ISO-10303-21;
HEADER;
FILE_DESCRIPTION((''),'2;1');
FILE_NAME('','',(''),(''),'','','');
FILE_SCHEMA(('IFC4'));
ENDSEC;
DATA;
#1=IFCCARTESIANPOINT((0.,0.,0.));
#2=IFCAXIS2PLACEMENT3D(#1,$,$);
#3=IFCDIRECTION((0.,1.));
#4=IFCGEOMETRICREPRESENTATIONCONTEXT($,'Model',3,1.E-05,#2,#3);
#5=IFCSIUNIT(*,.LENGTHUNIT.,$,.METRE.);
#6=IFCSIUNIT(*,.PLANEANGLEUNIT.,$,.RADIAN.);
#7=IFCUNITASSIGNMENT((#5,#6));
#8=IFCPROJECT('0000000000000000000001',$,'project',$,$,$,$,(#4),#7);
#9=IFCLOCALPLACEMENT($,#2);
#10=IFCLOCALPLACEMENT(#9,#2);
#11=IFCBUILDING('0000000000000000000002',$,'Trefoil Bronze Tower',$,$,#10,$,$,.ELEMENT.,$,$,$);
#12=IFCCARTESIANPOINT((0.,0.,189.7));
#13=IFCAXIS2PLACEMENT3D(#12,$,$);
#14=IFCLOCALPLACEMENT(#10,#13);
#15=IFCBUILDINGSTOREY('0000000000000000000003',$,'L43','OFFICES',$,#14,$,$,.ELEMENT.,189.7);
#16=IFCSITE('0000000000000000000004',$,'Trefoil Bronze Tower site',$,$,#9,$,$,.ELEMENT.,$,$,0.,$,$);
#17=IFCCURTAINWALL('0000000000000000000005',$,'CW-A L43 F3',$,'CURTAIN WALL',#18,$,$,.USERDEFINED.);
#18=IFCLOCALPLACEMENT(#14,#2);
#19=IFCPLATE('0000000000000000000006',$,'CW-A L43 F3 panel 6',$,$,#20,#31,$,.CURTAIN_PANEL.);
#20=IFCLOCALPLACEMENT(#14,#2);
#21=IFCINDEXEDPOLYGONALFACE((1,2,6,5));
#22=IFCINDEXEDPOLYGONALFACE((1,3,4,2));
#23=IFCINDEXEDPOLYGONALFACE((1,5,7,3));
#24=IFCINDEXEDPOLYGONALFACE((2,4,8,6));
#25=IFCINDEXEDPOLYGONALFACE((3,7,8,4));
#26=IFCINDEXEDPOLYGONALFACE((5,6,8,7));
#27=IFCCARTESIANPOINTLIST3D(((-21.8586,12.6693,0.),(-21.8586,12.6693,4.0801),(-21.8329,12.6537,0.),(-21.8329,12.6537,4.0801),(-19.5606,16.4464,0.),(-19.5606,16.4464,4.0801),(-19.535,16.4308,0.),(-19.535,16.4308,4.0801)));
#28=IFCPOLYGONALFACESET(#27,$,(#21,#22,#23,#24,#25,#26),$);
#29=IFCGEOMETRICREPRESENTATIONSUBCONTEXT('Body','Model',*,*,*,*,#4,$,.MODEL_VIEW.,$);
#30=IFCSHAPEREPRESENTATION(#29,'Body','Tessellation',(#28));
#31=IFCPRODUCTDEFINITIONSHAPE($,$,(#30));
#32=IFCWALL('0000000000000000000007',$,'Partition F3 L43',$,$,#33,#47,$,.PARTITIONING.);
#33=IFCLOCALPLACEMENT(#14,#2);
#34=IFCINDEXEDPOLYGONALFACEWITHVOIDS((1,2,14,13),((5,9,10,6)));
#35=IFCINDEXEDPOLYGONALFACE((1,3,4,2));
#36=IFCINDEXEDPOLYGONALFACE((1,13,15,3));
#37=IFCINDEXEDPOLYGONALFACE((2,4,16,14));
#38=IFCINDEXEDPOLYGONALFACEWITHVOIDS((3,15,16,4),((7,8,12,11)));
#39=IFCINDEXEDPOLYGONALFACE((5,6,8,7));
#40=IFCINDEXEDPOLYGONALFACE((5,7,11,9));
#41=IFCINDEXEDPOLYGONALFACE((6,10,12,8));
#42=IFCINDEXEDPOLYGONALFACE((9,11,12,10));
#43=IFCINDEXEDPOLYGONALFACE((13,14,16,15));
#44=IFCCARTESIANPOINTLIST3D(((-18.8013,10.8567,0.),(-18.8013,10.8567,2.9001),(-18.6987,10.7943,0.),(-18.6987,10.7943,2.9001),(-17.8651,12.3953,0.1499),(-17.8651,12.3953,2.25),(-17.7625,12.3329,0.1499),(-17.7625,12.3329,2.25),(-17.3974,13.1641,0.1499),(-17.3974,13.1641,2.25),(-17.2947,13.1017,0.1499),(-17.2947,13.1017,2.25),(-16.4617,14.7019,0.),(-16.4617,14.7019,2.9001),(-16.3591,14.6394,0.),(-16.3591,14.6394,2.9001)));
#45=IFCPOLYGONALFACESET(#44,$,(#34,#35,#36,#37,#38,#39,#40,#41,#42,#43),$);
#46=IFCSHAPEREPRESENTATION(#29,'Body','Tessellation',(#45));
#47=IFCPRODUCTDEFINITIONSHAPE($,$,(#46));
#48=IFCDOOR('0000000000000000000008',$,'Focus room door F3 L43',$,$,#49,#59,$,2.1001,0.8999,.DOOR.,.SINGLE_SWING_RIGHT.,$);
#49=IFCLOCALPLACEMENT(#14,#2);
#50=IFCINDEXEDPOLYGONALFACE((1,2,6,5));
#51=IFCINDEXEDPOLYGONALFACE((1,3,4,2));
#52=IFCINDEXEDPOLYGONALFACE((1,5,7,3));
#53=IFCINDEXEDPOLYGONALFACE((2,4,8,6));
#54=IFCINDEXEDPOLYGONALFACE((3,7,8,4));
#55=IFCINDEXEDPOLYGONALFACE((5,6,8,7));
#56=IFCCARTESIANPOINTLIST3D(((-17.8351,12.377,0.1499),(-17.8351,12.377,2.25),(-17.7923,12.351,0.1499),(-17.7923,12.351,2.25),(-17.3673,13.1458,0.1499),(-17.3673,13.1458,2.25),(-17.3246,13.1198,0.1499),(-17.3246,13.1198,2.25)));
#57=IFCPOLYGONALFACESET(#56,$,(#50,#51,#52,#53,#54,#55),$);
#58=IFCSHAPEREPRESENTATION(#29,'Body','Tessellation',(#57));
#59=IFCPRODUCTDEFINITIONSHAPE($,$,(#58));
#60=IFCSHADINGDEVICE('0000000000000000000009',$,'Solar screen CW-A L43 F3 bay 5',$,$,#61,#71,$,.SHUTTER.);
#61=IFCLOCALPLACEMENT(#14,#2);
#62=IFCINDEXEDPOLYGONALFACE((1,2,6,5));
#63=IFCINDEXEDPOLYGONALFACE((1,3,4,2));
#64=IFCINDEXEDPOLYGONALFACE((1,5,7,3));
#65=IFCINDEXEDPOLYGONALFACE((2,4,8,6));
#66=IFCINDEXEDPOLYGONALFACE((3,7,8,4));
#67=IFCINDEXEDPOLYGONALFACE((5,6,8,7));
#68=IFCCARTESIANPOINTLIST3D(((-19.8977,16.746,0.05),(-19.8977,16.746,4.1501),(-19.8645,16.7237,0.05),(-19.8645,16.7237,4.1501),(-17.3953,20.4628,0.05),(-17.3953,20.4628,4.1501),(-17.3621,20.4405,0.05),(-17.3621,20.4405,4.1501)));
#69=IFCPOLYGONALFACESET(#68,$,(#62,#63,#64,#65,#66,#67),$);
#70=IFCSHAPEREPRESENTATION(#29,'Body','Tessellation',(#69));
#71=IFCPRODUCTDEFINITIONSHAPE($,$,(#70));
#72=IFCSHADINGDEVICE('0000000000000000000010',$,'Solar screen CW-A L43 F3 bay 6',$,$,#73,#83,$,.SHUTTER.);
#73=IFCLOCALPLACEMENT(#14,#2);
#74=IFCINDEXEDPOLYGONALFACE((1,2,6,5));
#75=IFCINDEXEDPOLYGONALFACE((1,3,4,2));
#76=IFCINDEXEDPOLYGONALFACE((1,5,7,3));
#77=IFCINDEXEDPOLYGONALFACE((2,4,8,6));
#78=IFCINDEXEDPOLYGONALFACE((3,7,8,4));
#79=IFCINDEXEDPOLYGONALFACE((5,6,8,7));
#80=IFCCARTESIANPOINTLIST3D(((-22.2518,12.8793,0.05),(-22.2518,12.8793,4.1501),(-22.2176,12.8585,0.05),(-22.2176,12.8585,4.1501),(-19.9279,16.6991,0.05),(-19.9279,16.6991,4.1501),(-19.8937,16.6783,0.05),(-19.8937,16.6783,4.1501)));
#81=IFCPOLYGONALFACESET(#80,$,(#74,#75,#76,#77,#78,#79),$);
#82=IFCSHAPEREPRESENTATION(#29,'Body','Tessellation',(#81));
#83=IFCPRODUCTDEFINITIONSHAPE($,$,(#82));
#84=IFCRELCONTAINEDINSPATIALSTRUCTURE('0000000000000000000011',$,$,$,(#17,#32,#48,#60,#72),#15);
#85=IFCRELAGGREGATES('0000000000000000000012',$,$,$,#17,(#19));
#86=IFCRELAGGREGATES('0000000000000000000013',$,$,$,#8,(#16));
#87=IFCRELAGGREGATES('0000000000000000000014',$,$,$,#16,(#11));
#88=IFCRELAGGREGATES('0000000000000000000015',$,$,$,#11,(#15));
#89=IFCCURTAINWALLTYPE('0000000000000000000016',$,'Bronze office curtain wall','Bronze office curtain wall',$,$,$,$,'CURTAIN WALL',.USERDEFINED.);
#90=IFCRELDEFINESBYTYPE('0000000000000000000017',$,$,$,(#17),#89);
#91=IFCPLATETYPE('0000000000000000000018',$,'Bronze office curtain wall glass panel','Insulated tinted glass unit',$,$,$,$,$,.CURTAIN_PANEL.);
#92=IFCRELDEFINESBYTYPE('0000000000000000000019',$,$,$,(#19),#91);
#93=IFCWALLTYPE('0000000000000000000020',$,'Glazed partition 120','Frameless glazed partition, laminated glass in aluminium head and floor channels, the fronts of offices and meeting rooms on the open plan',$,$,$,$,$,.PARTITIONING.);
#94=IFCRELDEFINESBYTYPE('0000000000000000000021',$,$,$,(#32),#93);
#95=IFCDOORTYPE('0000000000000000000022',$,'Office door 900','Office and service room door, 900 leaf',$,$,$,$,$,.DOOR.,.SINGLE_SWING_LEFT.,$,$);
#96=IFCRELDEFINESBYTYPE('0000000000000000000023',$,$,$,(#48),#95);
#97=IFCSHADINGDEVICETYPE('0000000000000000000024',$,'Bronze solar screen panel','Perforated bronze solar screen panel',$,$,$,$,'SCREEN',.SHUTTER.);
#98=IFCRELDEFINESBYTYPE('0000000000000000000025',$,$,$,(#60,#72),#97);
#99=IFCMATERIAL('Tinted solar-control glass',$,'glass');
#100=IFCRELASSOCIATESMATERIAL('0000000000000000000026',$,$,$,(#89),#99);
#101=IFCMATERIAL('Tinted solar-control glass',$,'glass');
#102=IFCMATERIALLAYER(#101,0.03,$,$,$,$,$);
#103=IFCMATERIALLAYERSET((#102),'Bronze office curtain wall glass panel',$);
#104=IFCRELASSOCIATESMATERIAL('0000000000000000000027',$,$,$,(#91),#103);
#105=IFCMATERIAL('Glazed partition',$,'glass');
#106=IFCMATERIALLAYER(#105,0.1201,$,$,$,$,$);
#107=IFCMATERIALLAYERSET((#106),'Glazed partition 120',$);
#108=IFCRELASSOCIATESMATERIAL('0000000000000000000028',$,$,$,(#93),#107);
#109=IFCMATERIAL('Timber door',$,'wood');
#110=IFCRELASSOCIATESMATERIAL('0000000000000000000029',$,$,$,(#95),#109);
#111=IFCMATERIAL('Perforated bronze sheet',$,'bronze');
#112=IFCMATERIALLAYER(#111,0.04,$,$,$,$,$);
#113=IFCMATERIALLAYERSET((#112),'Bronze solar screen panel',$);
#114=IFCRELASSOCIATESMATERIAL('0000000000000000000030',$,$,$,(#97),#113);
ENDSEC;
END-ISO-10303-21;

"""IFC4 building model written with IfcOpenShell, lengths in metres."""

from ifc_helpers import new_model, si_unit, direction, frame, frame_2d, origin, origin_2d, place, context, subcontext, project, spatial, rectangle, extrude, material, layer, layer_set, type_object, element, fill, aggregate, save


model = new_model("IFC4")

# Units and contexts
model_context = context("Model", 3, precision=1e-05, world=origin(), true_north=direction((0.0, 1.0)))
body_context = subcontext(model_context, "Body", "Model", "MODEL_VIEW")
ifc_project = project(units=[si_unit("LENGTHUNIT", "METRE"), si_unit("PLANEANGLEUNIT", "RADIAN")], contexts=[model_context])

# Site, building, storey
site_placement = place(None, origin())
site = spatial("IfcSite", under=ifc_project, at=site_placement, Name="Trefoil Bronze Tower site", CompositionType="ELEMENT", RefElevation=0.0)
building_placement = place(site_placement, origin())
building = spatial("IfcBuilding", under=site, at=building_placement, Name="Trefoil Bronze Tower", CompositionType="ELEMENT")
storey_placement = place(building_placement, frame((0.0, 0.0, 189.7)))
storey = spatial("IfcBuildingStorey", under=building, at=storey_placement, Name="L43", Description="OFFICES", CompositionType="ELEMENT", Elevation=189.7)

# Curtain wall
ifc_material_1 = material(Name="Tinted solar-control glass", Category="glass")
curtain_wall_type = type_object("IfcCurtainWallType", Name="Bronze office curtain wall", Description="Bronze office curtain wall", ElementType="CURTAIN WALL", PredefinedType="USERDEFINED", material=ifc_material_1)
curtain_wall_placement = place(storey_placement, origin())
curtain_wall = element("IfcCurtainWall", 1, at=curtain_wall_placement, inside=storey, type_object=curtain_wall_type, Name="CW-A L43 F3", ObjectType="CURTAIN WALL", PredefinedType="USERDEFINED")

# Plate
ifc_material_2 = material(Name="Tinted solar-control glass", Category="glass")
ifc_layer_1 = layer(ifc_material_2, 0.03)
ifc_layer_set_1 = layer_set([ifc_layer_1], Name="Bronze office curtain wall glass panel")
plate_type = type_object("IfcPlateType", Name="Bronze office curtain wall glass panel", Description="Insulated tinted glass unit", PredefinedType="CURTAIN_PANEL", material=ifc_layer_set_1)
plate_1_placement = place(storey_placement, frame((-20.6968, 14.55, 0.0), z_axis=(0.0, 0.0, 1.0), x_axis=(-0.519762, -0.854311, 0.0)))
plate_1 = element("IfcPlate", 2, at=plate_1_placement, type_object=plate_type, Name="CW-A L43 F3 panel 6", PredefinedType="CURTAIN_PANEL", context=body_context, shape_type="SweptSolid", body=[
    extrude(rectangle(XDim=4.4211, YDim=0.03, at=origin_2d()), origin(), (0.0, 0.0, 1.0), 4.0801),
])
aggregate(curtain_wall, [plate_1])

# Wall, opening, door
ifc_material_3 = material(Name="Glazed partition", Category="glass")
ifc_layer_2 = layer(ifc_material_3, 0.1201)
ifc_layer_set_2 = layer_set([ifc_layer_2], Name="Glazed partition 120")
wall_type = type_object("IfcWallType", Name="Glazed partition 120", Description="Frameless glazed partition, laminated glass in aluminium head and floor channels, the fronts of offices and meeting rooms on the open plan", PredefinedType="PARTITIONING", material=ifc_layer_set_2)
wall_placement = place(storey_placement, frame((-16.4104, 14.6707, 0.0), z_axis=(0.0, 0.0, 1.0), x_axis=(-0.51979, -0.854294, 0.0)))
wall = element("IfcWall", 3, at=wall_placement, inside=storey, type_object=wall_type, Name="Partition F3 L43", PredefinedType="PARTITIONING", context=body_context, shape_type="SweptSolid", body=[
    extrude(rectangle(XDim=4.501, YDim=0.1201, at=frame_2d((2.2505, 0.0))), origin(), (0.0, 0.0, 1.0), 2.9001),
])
opening_placement = place(wall_placement, frame((1.8, 0.0, 0.1499)))
opening = element("IfcOpeningElement", 4, at=opening_placement, cuts=wall, PredefinedType="OPENING", context=body_context, shape_type="SweptSolid", body=[
    extrude(rectangle(XDim=0.8999, YDim=2.1001, at=frame_2d((0.45, 1.05))), frame((0.0, 0.0701, 0.0), z_axis=(0.0, -1.0, 0.0), x_axis=(1.0, 0.0, 0.0)), (0.0, 0.0, 1.0), 0.1401),
])
ifc_material_4 = material(Name="Timber door", Category="wood")
door_type = type_object("IfcDoorType", Name="Office door 900", Description="Office and service room door, 900 leaf", OperationType="SINGLE_SWING_LEFT", PredefinedType="DOOR", material=ifc_material_4)
door_placement = place(opening_placement, frame((0.8999, 0.0, 0.0), z_axis=(0.0, 0.0, 1.0), x_axis=(-1.0, 0.0, 0.0)))
door = element("IfcDoor", 5, at=door_placement, inside=storey, type_object=door_type, Name="Focus room door F3 L43", OperationType="SINGLE_SWING_RIGHT", OverallHeight=2.1001, OverallWidth=0.8999, PredefinedType="DOOR", context=body_context, shape_type="SweptSolid", body=[
    extrude(rectangle(XDim=0.8999, YDim=2.1001, at=frame_2d((0.45, 1.05))), frame((0.0, 0.0249, 0.0), z_axis=(0.0, -1.0, 0.0), x_axis=(1.0, 0.0, 0.0)), (0.0, 0.0, 1.0), 0.05),
])
fill(opening, door)

# Shading devices
ifc_material_5 = material(Name="Perforated bronze sheet", Category="bronze")
ifc_layer_3 = layer(ifc_material_5, 0.04)
ifc_layer_set_3 = layer_set([ifc_layer_3], Name="Bronze solar screen panel")
shading_device_type = type_object("IfcShadingDeviceType", Name="Bronze solar screen panel", Description="Perforated bronze solar screen panel", ElementType="SCREEN", PredefinedType="SHUTTER", material=ifc_layer_set_3)
shading_device_1_placement = place(storey_placement, frame((-18.6299, 18.5933, 0.05), z_axis=(0.0, 0.0, 1.0), x_axis=(-0.558493, -0.829509, 0.0)))
element("IfcShadingDevice", 6, at=shading_device_1_placement, inside=storey, type_object=shading_device_type, Name="Solar screen CW-A L43 F3 bay 5", PredefinedType="SHUTTER", context=body_context, shape_type="SweptSolid", body=[
    extrude(rectangle(XDim=4.4807, YDim=0.04, at=origin_2d()), origin(), (0.0, 0.0, 1.0), 4.1001),
])
shading_device_2_placement = place(storey_placement, frame((-21.0728, 14.7788, 0.05), z_axis=(0.0, 0.0, 1.0), x_axis=(-0.519762, -0.854311, 0.0)))
element("IfcShadingDevice", 7, at=shading_device_2_placement, inside=storey, type_object=shading_device_type, Name="Solar screen CW-A L43 F3 bay 6", PredefinedType="SHUTTER", context=body_context, shape_type="SweptSolid", body=[
    extrude(rectangle(XDim=4.4712, YDim=0.04, at=origin_2d()), origin(), (0.0, 0.0, 1.0), 4.1001),
])

save(model, "model.ifc")
